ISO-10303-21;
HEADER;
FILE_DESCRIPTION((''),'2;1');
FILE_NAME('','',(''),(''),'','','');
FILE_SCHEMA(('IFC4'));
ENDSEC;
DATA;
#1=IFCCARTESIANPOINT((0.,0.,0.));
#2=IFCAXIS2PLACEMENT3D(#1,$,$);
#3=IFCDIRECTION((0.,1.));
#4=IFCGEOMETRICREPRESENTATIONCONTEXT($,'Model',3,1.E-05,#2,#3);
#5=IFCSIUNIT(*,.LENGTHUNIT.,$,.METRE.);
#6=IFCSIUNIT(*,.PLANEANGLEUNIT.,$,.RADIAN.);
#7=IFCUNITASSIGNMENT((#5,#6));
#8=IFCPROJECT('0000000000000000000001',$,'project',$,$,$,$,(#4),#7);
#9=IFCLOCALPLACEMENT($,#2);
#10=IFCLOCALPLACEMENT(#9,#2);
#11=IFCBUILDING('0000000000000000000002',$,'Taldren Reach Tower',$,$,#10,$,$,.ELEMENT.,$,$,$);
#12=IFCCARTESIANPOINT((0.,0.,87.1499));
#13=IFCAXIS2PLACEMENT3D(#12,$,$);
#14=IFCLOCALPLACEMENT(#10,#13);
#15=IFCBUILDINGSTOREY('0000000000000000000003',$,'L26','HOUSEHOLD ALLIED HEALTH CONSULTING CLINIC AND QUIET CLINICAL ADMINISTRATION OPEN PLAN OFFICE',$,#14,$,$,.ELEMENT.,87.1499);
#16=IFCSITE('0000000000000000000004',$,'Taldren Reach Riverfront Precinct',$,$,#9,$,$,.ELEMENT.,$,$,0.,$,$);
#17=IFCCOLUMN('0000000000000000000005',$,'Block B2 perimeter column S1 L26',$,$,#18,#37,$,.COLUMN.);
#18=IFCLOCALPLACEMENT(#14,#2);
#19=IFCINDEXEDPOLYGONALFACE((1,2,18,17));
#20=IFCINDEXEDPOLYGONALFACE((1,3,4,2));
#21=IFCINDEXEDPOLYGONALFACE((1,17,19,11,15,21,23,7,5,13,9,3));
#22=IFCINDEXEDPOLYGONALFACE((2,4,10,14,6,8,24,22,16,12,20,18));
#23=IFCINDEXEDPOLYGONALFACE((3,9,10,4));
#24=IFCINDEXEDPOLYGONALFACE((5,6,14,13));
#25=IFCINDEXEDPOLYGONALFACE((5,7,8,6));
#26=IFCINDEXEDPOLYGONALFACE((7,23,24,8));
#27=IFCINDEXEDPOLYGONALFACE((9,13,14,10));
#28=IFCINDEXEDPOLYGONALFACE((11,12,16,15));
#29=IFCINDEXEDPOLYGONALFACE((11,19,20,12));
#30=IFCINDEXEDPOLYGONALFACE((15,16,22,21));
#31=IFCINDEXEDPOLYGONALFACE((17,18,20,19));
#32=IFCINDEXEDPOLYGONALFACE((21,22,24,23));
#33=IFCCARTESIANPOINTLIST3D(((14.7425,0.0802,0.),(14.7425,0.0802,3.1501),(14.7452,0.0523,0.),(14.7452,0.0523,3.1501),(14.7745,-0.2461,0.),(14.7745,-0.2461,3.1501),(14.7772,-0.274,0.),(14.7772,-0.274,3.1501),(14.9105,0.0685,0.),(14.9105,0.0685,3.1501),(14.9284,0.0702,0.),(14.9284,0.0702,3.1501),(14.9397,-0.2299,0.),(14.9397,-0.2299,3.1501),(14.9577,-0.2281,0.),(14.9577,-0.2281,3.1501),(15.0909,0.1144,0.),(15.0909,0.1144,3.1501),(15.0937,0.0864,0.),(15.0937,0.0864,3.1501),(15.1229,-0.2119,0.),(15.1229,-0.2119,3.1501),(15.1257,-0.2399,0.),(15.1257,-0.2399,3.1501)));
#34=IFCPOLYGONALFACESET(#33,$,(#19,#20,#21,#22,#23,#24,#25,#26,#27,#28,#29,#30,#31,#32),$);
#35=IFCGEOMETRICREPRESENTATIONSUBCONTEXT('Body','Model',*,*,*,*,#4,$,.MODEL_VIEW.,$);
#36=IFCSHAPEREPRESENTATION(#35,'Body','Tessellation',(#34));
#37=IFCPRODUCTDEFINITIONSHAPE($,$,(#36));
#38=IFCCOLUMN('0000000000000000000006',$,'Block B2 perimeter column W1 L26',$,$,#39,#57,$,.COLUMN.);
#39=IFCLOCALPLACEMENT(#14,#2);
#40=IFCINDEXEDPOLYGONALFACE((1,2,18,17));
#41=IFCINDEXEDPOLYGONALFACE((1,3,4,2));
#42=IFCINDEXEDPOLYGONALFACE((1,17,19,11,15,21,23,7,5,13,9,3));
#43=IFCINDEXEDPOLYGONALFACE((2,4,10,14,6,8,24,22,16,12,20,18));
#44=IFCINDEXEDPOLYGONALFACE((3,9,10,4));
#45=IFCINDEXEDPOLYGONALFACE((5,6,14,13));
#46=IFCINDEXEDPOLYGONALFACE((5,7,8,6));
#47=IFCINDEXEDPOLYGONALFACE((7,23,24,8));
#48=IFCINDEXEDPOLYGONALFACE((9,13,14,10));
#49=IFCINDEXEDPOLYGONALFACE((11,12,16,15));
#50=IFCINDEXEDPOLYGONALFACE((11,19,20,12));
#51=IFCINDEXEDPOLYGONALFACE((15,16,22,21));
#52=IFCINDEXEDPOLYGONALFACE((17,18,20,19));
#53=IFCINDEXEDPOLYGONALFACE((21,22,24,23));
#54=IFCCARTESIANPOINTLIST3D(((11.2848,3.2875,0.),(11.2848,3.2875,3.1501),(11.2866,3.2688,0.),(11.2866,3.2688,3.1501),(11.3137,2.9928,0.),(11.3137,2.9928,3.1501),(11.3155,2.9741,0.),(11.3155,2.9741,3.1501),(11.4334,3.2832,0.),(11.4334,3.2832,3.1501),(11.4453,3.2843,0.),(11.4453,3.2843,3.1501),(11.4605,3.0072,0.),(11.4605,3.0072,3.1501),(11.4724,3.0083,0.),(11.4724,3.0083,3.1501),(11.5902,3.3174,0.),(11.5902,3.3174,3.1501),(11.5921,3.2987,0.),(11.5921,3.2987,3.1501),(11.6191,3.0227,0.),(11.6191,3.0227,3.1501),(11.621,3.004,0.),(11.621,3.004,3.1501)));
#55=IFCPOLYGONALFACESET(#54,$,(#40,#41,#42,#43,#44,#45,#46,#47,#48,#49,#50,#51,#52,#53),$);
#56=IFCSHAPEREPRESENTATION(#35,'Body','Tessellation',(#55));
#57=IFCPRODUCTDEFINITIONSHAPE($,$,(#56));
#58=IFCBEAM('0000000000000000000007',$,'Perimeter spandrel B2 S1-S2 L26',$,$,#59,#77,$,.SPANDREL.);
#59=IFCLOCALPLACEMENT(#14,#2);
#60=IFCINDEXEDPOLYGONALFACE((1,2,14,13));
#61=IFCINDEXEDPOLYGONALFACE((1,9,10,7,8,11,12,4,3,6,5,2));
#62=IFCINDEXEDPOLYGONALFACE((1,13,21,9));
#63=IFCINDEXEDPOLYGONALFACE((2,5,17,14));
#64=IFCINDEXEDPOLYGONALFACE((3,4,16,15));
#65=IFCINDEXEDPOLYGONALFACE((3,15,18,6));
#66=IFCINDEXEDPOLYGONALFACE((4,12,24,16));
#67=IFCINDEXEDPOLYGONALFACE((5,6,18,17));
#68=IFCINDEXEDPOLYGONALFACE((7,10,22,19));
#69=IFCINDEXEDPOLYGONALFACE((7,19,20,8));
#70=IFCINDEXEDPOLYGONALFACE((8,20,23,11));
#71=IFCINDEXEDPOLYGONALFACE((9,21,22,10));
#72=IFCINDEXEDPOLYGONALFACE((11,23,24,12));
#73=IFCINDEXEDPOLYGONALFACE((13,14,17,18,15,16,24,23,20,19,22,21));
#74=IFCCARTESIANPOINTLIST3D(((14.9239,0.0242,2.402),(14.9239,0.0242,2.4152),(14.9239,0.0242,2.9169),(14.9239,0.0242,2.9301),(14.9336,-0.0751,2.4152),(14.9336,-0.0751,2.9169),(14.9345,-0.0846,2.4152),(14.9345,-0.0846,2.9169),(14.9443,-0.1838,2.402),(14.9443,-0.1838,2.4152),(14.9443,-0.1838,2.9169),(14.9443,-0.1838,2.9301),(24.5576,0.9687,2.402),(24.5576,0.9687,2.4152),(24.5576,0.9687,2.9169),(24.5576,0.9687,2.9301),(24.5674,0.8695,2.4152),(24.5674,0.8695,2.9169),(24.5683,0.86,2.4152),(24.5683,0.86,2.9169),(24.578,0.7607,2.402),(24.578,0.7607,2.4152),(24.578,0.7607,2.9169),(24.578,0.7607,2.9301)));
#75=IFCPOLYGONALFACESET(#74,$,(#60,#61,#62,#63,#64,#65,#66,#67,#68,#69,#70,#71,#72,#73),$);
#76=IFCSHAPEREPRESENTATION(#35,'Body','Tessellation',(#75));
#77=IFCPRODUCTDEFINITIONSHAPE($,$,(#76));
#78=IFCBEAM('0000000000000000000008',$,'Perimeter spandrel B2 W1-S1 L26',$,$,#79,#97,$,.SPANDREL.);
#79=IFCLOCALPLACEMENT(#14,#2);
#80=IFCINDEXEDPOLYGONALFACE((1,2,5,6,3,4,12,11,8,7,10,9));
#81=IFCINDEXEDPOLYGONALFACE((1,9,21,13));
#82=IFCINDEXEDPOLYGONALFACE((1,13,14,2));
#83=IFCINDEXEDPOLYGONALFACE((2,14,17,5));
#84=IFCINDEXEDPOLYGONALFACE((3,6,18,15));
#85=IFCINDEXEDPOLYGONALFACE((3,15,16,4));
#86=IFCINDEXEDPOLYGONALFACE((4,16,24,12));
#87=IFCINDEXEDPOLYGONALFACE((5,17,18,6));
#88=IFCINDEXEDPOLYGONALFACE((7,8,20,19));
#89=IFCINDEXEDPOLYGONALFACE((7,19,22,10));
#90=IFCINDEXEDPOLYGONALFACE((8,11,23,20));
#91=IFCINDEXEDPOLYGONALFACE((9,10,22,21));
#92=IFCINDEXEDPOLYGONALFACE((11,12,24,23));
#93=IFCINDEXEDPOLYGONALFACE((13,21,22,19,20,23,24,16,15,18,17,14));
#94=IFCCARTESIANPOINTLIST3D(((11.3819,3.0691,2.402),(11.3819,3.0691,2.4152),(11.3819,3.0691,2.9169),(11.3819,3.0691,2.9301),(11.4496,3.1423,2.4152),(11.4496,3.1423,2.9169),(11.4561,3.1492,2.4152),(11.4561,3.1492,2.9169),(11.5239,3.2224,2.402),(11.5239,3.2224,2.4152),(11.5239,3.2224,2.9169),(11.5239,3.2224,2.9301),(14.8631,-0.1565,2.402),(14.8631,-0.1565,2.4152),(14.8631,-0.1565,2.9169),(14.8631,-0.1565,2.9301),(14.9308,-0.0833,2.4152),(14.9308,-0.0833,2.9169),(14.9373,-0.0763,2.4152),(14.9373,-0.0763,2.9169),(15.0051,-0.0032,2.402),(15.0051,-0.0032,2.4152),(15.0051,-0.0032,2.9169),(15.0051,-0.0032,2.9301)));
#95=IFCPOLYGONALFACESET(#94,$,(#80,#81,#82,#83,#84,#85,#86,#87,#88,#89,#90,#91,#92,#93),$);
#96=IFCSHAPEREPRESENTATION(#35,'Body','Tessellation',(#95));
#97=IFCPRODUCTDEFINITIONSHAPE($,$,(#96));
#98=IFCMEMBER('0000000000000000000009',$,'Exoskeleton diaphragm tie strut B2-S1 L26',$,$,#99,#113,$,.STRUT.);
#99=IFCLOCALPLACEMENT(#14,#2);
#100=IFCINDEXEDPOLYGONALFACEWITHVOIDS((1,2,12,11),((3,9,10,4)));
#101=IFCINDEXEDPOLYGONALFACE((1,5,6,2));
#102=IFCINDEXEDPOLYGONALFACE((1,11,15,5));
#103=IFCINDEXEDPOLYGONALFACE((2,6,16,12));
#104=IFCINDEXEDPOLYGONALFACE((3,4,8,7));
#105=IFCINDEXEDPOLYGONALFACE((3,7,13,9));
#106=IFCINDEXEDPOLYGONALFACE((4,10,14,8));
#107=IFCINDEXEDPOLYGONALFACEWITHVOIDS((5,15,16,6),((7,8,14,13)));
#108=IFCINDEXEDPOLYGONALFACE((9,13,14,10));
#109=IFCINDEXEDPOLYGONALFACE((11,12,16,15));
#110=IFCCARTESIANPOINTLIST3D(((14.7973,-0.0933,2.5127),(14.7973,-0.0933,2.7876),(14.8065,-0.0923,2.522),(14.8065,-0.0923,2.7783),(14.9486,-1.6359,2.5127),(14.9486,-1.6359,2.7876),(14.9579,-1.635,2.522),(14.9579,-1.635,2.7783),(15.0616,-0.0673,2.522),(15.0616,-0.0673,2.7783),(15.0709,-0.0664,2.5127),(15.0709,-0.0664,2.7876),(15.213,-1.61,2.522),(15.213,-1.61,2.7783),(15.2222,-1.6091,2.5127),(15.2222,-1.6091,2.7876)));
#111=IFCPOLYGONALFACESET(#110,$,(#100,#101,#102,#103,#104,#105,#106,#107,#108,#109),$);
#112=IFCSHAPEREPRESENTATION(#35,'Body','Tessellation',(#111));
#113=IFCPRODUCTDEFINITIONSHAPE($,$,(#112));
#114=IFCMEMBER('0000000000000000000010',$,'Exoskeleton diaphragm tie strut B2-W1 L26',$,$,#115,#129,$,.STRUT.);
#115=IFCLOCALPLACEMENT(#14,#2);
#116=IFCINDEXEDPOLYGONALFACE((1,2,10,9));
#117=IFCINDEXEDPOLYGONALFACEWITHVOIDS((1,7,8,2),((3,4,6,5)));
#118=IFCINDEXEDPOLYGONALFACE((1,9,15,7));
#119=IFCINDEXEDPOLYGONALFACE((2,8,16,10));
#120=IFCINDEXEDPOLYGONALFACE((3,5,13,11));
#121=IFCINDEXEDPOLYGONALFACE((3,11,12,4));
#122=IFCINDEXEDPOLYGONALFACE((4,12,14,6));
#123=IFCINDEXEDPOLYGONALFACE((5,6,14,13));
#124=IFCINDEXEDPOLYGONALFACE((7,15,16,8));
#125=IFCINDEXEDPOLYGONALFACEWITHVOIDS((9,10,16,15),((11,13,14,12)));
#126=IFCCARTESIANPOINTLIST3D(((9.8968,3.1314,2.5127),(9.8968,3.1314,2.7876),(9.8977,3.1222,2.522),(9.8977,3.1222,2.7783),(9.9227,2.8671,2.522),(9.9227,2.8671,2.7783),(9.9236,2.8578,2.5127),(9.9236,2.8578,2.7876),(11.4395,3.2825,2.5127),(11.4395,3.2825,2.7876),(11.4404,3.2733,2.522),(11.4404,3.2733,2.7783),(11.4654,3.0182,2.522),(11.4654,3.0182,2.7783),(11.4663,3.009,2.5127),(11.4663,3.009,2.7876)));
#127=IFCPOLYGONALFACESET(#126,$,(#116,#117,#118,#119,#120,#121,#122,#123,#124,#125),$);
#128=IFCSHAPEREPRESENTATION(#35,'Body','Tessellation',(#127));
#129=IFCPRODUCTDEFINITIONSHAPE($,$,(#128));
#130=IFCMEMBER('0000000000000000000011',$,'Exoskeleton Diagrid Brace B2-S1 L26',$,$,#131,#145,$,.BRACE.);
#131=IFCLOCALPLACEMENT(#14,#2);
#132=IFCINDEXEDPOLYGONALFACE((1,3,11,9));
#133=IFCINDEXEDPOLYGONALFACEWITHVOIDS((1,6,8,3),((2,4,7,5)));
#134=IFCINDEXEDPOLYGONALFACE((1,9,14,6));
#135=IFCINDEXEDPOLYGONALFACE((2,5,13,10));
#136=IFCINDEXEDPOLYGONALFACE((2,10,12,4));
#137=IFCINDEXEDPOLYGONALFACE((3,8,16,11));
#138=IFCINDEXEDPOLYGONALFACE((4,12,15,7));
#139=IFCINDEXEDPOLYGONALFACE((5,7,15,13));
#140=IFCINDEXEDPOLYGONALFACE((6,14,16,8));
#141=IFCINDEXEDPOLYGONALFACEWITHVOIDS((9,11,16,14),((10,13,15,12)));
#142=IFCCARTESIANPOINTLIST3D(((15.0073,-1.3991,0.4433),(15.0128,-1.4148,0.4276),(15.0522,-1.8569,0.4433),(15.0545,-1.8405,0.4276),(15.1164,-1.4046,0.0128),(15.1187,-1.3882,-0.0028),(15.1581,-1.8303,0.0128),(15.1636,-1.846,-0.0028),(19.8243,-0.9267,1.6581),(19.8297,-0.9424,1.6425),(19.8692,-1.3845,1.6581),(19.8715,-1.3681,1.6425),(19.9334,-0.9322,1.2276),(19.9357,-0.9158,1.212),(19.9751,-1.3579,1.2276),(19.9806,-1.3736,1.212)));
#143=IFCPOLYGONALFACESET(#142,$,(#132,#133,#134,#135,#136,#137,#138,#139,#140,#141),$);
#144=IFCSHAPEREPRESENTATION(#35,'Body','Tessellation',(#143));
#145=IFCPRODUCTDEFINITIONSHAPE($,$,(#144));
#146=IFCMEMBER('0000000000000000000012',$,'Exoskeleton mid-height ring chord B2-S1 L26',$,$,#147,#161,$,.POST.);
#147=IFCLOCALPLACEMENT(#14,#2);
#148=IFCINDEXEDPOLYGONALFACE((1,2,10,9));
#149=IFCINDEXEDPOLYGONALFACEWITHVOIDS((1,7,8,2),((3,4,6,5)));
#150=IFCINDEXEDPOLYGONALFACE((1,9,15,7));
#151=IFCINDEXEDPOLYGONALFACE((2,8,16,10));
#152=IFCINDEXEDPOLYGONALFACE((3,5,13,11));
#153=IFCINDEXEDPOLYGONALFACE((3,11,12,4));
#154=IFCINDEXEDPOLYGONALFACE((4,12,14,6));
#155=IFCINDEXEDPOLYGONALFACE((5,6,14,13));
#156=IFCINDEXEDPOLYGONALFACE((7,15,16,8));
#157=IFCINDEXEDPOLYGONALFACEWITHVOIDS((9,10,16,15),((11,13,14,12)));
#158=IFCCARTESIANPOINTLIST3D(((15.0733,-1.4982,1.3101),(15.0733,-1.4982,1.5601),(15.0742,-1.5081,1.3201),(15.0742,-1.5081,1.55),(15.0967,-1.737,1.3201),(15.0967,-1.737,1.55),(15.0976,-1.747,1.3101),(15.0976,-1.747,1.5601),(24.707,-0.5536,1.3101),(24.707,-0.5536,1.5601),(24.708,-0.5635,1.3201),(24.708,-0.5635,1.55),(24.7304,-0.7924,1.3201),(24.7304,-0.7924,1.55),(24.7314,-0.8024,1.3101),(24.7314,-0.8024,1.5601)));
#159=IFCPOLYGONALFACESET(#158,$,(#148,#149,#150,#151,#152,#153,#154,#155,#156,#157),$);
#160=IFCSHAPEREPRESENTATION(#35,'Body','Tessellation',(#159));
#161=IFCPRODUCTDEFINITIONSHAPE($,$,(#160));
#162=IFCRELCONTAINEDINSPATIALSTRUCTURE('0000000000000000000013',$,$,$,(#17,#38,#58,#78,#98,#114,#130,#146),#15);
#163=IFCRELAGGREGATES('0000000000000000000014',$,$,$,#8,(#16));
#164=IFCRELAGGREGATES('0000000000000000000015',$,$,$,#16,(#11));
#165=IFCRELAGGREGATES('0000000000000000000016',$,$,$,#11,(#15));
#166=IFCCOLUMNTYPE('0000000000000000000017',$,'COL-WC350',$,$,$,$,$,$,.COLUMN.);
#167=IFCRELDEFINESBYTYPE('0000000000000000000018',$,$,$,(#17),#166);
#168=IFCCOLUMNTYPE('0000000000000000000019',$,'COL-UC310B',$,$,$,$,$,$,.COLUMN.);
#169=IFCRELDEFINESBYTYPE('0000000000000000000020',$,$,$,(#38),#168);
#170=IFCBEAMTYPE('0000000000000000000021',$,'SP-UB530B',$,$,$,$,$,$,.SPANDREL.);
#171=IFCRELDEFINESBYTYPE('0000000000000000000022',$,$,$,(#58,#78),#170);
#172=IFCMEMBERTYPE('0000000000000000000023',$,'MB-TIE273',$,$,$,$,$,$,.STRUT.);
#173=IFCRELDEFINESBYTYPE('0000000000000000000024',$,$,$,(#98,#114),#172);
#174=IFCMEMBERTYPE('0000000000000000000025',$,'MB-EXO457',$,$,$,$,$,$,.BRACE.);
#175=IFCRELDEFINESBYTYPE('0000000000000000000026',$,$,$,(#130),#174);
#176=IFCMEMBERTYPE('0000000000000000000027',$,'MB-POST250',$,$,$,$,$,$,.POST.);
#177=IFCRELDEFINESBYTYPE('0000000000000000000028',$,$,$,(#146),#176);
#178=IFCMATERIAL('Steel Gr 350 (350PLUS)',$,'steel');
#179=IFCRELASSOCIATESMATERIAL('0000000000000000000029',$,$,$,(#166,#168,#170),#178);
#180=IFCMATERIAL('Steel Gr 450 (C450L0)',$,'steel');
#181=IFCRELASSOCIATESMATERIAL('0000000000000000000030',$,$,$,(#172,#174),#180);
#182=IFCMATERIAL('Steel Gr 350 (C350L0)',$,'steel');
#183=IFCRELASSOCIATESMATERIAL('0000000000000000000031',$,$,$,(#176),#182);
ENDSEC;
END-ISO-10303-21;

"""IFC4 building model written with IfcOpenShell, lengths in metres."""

from ifc_helpers import new_model, si_unit, direction, frame, origin, origin_2d, place, context, subcontext, project, spatial, hollow_rectangle, i_section, extrude, source, transform, mapped, material, material_profile, profile_set, type_object, element, save


model = new_model("IFC4")

# Units and contexts
model_context = context("Model", 3, precision=1e-05, world=origin(), true_north=direction((0.0, 1.0)))
body_context = subcontext(model_context, "Body", "Model", "MODEL_VIEW")
ifc_project = project(units=[si_unit("LENGTHUNIT", "METRE"), si_unit("PLANEANGLEUNIT", "RADIAN")], contexts=[model_context])

# Site, building, storey
site_placement = place(None, origin())
site = spatial("IfcSite", under=ifc_project, at=site_placement, Name="Taldren Reach Riverfront Precinct", CompositionType="ELEMENT", RefElevation=0.0)
building_placement = place(site_placement, origin())
building = spatial("IfcBuilding", under=site, at=building_placement, Name="Taldren Reach Tower", CompositionType="ELEMENT")
storey_placement = place(building_placement, frame((0.0, 0.0, 87.1499)))
storey = spatial("IfcBuildingStorey", under=building, at=storey_placement, Name="L26", Description="HOUSEHOLD ALLIED HEALTH CONSULTING CLINIC AND QUIET CLINICAL ADMINISTRATION OPEN PLAN OFFICE", CompositionType="ELEMENT", Elevation=87.1499)

# Columns
ifc_material_1 = material(Name="Steel Gr 350 (350PLUS)", Category="steel")
ifc_material_profile_1 = material_profile(ifc_material_1, i_section(OverallWidth=0.3501, OverallDepth=0.356, WebThickness=0.0181, FlangeThickness=0.0281, at=origin_2d()), Name="350WC197")
ifc_profile_set_1 = profile_set([ifc_material_profile_1], Name="Steel Gr 350 (350PLUS)")
column_type_1 = type_object("IfcColumnType", Name="COL-WC350", PredefinedType="COLUMN", material=ifc_profile_set_1)
shared_shape_1 = source(origin(), body_context, "Body", "SweptSolid", [
    extrude(i_section(OverallWidth=0.3501, OverallDepth=0.356, WebThickness=0.0181, FlangeThickness=0.0281, at=origin_2d()), origin(), (0.0, 0.0, 1.0), 3.1501),
])
column_1_placement = place(storey_placement, frame((14.9341, -0.0798, 0.0), z_axis=(0.0, 0.0, 1.0), x_axis=(0.995227, 0.097583, 0.0)))
element("IfcColumn", 1, at=column_1_placement, inside=storey, type_object=column_type_1, Name="Block B2 perimeter column S1 L26", PredefinedType="COLUMN", context=body_context, shape_type="MappedRepresentation", body=[
    mapped(shared_shape_1, transform((0.0, 0.0, 0.0), scale=1.0)),
])
ifc_material_profile_2 = material_profile(ifc_material_1, i_section(OverallWidth=0.3069, OverallDepth=0.3149, WebThickness=0.012, FlangeThickness=0.0188, at=origin_2d()), Name="310UC118")
ifc_profile_set_2 = profile_set([ifc_material_profile_2], Name="Steel Gr 350 (350PLUS)")
column_type_2 = type_object("IfcColumnType", Name="COL-UC310B", PredefinedType="COLUMN", material=ifc_profile_set_2)
shared_shape_2 = source(origin(), body_context, "Body", "SweptSolid", [
    extrude(i_section(OverallWidth=0.3069, OverallDepth=0.3149, WebThickness=0.012, FlangeThickness=0.0188, at=origin_2d()), origin(), (0.0, 0.0, 1.0), 3.1501),
])
column_2_placement = place(storey_placement, frame((11.4529, 3.1458, 0.0), z_axis=(0.0, 0.0, 1.0), x_axis=(0.995227, 0.097583, 0.0)))
element("IfcColumn", 2, at=column_2_placement, inside=storey, type_object=column_type_2, Name="Block B2 perimeter column W1 L26", PredefinedType="COLUMN", context=body_context, shape_type="MappedRepresentation", body=[
    mapped(shared_shape_2, transform((0.0, 0.0, 0.0), scale=1.0)),
])

# Beams
ifc_material_profile_3 = material_profile(ifc_material_1, i_section(OverallWidth=0.209, OverallDepth=0.5281, WebThickness=0.0095, FlangeThickness=0.0132, at=origin_2d()), Name="530UB82.0")
ifc_profile_set_3 = profile_set([ifc_material_profile_3], Name="Steel Gr 350 (350PLUS)")
beam_type = type_object("IfcBeamType", Name="SP-UB530B", PredefinedType="SPANDREL", material=ifc_profile_set_3)
shared_shape_3 = source(origin(), body_context, "Body", "SweptSolid", [
    extrude(i_section(OverallWidth=0.209, OverallDepth=0.5281, WebThickness=0.0095, FlangeThickness=0.0132, at=origin_2d()), origin(), (0.0, 0.0, 1.0), 9.6799),
])
beam_1_placement = place(storey_placement, frame((14.9341, -0.0798, 2.666), z_axis=(0.995228, 0.097581, 0.0), x_axis=(-0.097581, 0.995228, 0.0)))
element("IfcBeam", 3, at=beam_1_placement, inside=storey, type_object=beam_type, Name="Perimeter spandrel B2 S1-S2 L26", PredefinedType="SPANDREL", context=body_context, shape_type="MappedRepresentation", body=[
    mapped(shared_shape_3, transform((0.0, 0.0, 0.0), scale=1.0)),
])
shared_shape_4 = source(origin(), body_context, "Body", "SweptSolid", [
    extrude(i_section(OverallWidth=0.209, OverallDepth=0.5281, WebThickness=0.0095, FlangeThickness=0.0132, at=origin_2d()), origin(), (0.0, 0.0, 1.0), 4.7458),
])
beam_2_placement = place(storey_placement, frame((11.4529, 3.1458, 2.666), z_axis=(0.733524, -0.679663, 0.0), x_axis=(0.679663, 0.733524, 0.0)))
element("IfcBeam", 4, at=beam_2_placement, inside=storey, type_object=beam_type, Name="Perimeter spandrel B2 W1-S1 L26", PredefinedType="SPANDREL", context=body_context, shape_type="MappedRepresentation", body=[
    mapped(shared_shape_4, transform((0.0, 0.0, 0.0), scale=1.0)),
])

# Members
ifc_material_2 = material(Name="Steel Gr 450 (C450L0)", Category="steel")
ifc_material_profile_4 = material_profile(ifc_material_2, hollow_rectangle(XDim=0.2749, YDim=0.2749, WallThickness=0.0093, at=origin_2d()), Name="275x275x9.3SHS")
ifc_profile_set_4 = profile_set([ifc_material_profile_4], Name="Steel Gr 450 (C450L0)")
member_type_1 = type_object("IfcMemberType", Name="MB-TIE273", PredefinedType="STRUT", material=ifc_profile_set_4)
shared_shape_5 = source(origin(), body_context, "Body", "SweptSolid", [
    extrude(hollow_rectangle(XDim=0.2749, YDim=0.2749, WallThickness=0.0093, at=origin_2d()), origin(), (0.0, 0.0, 1.0), 1.55),
])
for number, where, z_axis, x_axis, name in (
    (5, (14.9341, -0.0798, 2.6501), (0.097648, -0.995221, 0.0), (0.995221, 0.097648, 0.0), "Exoskeleton diaphragm tie strut B2-S1 L26"),
    (6, (11.4529, 3.1458, 2.6501), (-0.995236, -0.097492, 0.0), (0.097492, -0.995236, 0.0), "Exoskeleton diaphragm tie strut B2-W1 L26"),
):
    element("IfcMember", number, at=place(storey_placement, frame(where, z_axis=z_axis, x_axis=x_axis)), inside=storey, type_object=member_type_1, Name=name, PredefinedType="STRUT", context=body_context, shape_type="MappedRepresentation", body=[
        mapped(shared_shape_5, transform((0.0, 0.0, 0.0), scale=1.0)),
    ])
ifc_material_profile_5 = material_profile(ifc_material_2, hollow_rectangle(XDim=0.46, YDim=0.46, WallThickness=0.0161, at=origin_2d()), Name="460x460x16.0SHS")
ifc_profile_set_5 = profile_set([ifc_material_profile_5], Name="Steel Gr 450 (C450L0)")
member_type_2 = type_object("IfcMemberType", Name="MB-EXO457", PredefinedType="BRACE", material=ifc_profile_set_5)
shared_shape_6 = source(origin(), body_context, "Body", "SweptSolid", [
    extrude(hollow_rectangle(XDim=0.46, YDim=0.46, WallThickness=0.0161, at=origin_2d()), origin(), (0.0, 0.0, 1.0), 4.9902),
])
member_1_placement = place(storey_placement, frame((15.0854, -1.6226, 0.2202), z_axis=(0.965283, 0.094669, 0.243449), x_axis=(-0.097606, 0.995225, 0.0)))
element("IfcMember", 7, at=member_1_placement, inside=storey, type_object=member_type_2, Name="Exoskeleton Diagrid Brace B2-S1 L26", PredefinedType="BRACE", context=body_context, shape_type="MappedRepresentation", body=[
    mapped(shared_shape_6, transform((0.0, 0.0, 0.0), scale=1.0)),
])
ifc_material_3 = material(Name="Steel Gr 350 (C350L0)", Category="steel")
ifc_material_profile_6 = material_profile(ifc_material_3, hollow_rectangle(XDim=0.25, YDim=0.25, WallThickness=0.01, at=origin_2d()), Name="250x250x10.0SHS")
ifc_profile_set_6 = profile_set([ifc_material_profile_6], Name="Steel Gr 350 (C350L0)")
member_type_3 = type_object("IfcMemberType", Name="MB-POST250", PredefinedType="POST", material=ifc_profile_set_6)
shared_shape_7 = source(origin(), body_context, "Body", "SweptSolid", [
    extrude(hollow_rectangle(XDim=0.25, YDim=0.25, WallThickness=0.01, at=origin_2d()), origin(), (0.0, 0.0, 1.0), 9.6799),
])
member_2_placement = place(storey_placement, frame((15.0854, -1.6226, 1.4351), z_axis=(0.995228, 0.097581, 0.0), x_axis=(-0.097581, 0.995228, 0.0)))
element("IfcMember", 8, at=member_2_placement, inside=storey, type_object=member_type_3, Name="Exoskeleton mid-height ring chord B2-S1 L26", PredefinedType="POST", context=body_context, shape_type="MappedRepresentation", body=[
    mapped(shared_shape_7, transform((0.0, 0.0, 0.0), scale=1.0)),
])

save(model, "model.ifc")
